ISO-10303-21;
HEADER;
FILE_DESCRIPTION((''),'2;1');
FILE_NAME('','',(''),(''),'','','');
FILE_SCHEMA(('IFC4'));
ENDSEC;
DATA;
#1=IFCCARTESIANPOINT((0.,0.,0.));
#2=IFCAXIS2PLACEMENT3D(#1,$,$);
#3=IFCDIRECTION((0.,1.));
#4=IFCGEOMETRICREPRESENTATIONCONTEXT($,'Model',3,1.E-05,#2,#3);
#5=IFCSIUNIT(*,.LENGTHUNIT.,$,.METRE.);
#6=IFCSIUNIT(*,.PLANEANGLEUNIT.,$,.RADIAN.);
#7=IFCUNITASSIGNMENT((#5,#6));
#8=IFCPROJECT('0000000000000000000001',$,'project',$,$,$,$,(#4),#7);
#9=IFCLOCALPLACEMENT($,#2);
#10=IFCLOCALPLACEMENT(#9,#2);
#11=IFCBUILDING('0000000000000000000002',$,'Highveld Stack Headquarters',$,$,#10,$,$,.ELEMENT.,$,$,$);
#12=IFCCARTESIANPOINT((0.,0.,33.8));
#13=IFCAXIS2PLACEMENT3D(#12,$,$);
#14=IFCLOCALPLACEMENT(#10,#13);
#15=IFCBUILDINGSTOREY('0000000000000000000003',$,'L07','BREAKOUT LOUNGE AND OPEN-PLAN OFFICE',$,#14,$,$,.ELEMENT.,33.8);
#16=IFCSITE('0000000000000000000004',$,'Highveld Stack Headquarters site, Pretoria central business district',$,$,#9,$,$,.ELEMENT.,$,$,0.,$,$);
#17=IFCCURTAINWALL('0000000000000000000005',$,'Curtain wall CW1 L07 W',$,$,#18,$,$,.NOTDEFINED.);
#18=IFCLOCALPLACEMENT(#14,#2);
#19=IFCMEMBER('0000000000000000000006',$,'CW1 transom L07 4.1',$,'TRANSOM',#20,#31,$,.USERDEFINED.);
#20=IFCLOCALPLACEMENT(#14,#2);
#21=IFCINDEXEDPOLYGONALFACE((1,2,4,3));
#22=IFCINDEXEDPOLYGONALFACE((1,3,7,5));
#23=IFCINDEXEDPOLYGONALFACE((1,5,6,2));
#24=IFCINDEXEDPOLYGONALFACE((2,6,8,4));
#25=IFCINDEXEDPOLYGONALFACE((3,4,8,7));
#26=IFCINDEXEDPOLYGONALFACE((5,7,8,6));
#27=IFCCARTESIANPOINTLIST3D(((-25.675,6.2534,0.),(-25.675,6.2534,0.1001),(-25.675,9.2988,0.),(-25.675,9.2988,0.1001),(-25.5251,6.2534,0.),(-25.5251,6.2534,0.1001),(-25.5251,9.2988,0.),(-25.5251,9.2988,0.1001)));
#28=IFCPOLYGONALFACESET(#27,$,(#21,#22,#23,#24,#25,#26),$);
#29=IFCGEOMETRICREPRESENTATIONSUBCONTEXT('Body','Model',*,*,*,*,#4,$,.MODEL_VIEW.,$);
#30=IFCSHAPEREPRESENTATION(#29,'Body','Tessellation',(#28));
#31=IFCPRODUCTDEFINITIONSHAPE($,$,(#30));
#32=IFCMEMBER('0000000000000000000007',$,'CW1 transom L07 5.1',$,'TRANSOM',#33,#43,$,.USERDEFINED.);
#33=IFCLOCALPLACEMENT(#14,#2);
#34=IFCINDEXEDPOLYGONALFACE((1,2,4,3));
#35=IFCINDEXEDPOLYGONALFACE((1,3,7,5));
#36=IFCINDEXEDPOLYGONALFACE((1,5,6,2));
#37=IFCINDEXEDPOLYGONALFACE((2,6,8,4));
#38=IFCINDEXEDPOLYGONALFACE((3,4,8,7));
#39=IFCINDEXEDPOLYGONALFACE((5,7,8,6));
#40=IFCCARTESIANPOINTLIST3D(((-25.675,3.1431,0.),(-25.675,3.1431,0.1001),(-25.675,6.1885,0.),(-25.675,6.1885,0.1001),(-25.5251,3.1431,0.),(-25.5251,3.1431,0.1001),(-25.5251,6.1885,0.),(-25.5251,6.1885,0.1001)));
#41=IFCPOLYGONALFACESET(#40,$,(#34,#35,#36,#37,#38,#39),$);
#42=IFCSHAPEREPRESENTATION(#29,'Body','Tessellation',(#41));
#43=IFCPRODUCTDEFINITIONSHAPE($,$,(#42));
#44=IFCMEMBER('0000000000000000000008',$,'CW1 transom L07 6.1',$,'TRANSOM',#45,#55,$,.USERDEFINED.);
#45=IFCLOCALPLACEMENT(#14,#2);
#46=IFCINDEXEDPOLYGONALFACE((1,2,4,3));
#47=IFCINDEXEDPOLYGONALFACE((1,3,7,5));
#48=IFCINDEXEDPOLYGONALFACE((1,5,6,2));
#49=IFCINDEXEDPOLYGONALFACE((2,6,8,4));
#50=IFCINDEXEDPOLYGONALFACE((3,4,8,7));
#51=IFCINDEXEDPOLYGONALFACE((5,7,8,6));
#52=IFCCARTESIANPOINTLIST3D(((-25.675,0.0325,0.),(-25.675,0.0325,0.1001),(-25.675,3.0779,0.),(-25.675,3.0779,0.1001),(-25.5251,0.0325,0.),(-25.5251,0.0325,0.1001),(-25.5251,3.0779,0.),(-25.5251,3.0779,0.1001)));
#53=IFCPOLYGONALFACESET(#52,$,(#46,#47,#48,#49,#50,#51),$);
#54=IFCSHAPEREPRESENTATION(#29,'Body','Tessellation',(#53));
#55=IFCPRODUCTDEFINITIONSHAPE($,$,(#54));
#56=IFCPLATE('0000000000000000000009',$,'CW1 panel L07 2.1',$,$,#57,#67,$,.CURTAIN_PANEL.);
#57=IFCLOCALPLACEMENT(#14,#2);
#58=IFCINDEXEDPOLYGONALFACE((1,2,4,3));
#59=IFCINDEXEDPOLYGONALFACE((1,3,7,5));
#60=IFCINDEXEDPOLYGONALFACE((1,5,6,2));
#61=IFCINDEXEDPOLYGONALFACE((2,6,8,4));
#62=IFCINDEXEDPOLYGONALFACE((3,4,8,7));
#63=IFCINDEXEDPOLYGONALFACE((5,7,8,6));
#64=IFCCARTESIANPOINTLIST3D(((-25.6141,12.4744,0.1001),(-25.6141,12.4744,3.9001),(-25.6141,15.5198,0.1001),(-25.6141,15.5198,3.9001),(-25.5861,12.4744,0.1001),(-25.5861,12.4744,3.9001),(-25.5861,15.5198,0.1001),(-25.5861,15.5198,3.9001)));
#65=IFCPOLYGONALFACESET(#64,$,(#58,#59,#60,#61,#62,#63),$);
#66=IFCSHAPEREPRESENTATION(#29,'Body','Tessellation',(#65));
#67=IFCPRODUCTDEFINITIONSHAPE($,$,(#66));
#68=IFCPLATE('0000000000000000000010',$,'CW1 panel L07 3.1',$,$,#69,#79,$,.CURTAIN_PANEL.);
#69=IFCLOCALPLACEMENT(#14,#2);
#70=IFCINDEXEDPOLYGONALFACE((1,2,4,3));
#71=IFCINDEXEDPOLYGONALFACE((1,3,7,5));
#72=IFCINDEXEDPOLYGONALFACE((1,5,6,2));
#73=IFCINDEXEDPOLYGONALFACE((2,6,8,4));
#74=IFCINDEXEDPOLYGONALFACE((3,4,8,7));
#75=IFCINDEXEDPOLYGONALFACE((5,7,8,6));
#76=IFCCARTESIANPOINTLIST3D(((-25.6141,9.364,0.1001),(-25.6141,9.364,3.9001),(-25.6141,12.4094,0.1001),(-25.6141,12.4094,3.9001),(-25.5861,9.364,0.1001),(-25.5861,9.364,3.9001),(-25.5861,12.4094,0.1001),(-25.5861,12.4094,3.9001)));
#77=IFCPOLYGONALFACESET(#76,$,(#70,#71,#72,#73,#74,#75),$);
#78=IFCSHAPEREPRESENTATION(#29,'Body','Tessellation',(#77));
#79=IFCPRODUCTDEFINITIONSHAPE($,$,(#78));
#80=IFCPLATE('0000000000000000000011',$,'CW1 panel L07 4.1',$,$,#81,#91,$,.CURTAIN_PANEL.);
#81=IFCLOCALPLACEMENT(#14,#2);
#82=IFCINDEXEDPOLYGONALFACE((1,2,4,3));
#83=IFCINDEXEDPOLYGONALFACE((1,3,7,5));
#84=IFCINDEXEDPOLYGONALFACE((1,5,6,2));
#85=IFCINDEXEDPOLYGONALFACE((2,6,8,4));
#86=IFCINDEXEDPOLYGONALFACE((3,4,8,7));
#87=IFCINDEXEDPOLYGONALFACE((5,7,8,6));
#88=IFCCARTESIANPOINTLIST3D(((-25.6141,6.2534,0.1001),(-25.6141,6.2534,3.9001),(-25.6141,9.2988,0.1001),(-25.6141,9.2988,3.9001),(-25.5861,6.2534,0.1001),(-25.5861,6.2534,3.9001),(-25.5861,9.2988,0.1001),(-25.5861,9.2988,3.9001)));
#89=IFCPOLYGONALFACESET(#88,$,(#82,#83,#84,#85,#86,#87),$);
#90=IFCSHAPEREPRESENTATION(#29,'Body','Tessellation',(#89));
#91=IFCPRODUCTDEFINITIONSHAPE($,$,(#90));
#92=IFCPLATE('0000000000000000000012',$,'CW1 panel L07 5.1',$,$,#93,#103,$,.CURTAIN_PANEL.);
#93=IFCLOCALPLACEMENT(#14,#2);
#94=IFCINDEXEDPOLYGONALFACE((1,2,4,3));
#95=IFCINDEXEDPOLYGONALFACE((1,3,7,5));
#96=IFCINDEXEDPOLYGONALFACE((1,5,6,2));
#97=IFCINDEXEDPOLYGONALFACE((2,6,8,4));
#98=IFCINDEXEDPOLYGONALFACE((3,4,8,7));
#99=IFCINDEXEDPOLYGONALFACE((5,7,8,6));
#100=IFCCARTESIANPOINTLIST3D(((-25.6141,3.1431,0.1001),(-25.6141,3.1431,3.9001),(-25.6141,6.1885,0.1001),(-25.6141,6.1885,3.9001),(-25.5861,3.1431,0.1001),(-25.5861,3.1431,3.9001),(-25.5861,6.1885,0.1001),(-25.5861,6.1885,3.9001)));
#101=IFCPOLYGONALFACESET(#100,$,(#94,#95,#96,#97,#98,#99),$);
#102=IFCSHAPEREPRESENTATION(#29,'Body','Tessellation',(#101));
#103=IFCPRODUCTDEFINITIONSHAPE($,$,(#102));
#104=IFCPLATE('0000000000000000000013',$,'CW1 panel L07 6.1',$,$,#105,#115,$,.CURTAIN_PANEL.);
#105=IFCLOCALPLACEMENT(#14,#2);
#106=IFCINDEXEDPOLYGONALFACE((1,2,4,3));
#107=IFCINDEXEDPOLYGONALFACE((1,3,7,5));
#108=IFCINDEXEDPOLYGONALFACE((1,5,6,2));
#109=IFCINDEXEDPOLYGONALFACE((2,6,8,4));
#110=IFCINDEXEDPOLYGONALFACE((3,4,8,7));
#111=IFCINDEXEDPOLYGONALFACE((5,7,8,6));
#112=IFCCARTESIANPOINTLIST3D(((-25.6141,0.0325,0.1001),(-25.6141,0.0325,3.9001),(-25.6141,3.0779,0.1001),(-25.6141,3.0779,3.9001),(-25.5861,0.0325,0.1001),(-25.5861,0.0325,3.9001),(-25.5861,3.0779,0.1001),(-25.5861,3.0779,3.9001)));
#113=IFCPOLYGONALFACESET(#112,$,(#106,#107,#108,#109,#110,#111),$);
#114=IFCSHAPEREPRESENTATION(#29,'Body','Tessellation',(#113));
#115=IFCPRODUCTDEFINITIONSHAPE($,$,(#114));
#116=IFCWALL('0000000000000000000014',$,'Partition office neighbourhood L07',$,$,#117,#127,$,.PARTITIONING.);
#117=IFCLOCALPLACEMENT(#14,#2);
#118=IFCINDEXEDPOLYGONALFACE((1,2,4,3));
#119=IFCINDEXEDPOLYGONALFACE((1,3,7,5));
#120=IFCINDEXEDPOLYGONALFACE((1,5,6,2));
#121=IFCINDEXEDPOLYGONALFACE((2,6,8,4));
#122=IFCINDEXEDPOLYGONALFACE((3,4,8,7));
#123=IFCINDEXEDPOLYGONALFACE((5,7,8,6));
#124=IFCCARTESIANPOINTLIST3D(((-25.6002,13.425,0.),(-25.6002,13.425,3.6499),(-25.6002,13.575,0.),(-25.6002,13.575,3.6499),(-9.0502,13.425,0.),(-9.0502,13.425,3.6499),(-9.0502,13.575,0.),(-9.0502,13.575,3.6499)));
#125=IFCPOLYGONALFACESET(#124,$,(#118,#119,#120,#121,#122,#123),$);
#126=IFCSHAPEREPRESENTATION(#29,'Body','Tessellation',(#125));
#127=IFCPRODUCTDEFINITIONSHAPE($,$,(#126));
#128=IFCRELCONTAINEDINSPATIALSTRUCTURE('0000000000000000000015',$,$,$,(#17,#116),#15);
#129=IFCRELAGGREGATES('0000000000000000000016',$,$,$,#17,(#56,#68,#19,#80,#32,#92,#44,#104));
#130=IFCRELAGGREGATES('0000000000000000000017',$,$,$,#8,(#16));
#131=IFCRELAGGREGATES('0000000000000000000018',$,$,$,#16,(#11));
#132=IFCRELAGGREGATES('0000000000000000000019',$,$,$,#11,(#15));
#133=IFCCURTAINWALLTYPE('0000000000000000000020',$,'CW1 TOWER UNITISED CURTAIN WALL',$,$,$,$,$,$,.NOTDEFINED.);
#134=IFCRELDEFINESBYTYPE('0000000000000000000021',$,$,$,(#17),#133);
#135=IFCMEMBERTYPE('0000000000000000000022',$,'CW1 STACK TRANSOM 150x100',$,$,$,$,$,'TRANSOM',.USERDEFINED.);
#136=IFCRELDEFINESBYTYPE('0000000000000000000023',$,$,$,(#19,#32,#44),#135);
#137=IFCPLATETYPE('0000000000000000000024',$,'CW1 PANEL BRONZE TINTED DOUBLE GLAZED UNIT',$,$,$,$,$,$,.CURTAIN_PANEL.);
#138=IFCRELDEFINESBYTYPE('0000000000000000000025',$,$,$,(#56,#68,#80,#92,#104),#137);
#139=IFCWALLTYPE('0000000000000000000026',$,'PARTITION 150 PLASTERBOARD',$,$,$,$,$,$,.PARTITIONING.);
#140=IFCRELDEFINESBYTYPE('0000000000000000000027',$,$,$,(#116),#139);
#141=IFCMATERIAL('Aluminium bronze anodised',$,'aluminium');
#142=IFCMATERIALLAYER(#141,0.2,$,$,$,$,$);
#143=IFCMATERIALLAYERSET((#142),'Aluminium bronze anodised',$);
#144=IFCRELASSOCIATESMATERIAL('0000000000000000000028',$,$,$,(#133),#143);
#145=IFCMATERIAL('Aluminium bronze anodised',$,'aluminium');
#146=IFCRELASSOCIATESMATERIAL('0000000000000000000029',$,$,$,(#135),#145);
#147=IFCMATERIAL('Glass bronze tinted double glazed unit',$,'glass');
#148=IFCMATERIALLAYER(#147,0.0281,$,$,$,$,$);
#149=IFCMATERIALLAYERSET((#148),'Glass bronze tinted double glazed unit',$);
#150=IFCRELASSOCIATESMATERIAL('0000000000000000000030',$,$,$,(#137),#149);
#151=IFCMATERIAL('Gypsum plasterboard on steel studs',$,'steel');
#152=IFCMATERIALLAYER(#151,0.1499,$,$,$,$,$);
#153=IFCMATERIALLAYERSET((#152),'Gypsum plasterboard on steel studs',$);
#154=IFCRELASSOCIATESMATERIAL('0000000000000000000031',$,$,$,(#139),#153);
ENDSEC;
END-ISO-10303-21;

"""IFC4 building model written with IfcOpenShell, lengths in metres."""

from ifc_helpers import new_model, si_unit, direction, frame, frame_2d, origin, origin_2d, place, context, subcontext, project, spatial, rectangle, extrude, material, layer, layer_set, material_profile, profile_set, type_object, element, aggregate, save


model = new_model("IFC4")

# Units and contexts
model_context = context("Model", 3, precision=1e-05, world=origin(), true_north=direction((0.0, 1.0)))
body_context = subcontext(model_context, "Body", "Model", "MODEL_VIEW")
ifc_project = project(units=[si_unit("LENGTHUNIT", "METRE"), si_unit("PLANEANGLEUNIT", "RADIAN")], contexts=[model_context])

# Site, building, storey
site_placement = place(None, origin())
site = spatial("IfcSite", under=ifc_project, at=site_placement, Name="Highveld Stack Headquarters site, Pretoria central business district", CompositionType="ELEMENT", RefElevation=0.0)
building_placement = place(site_placement, origin())
building = spatial("IfcBuilding", under=site, at=building_placement, Name="Highveld Stack Headquarters", CompositionType="ELEMENT")
storey_placement = place(building_placement, frame((0.0, 0.0, 33.8)))
storey = spatial("IfcBuildingStorey", under=building, at=storey_placement, Name="L07", Description="BREAKOUT LOUNGE AND OPEN-PLAN OFFICE", CompositionType="ELEMENT", Elevation=33.8)

# Curtain wall, members, plates
ifc_material_1 = material(Name="Aluminium bronze anodised", Category="aluminium")
ifc_layer_1 = layer(ifc_material_1, 0.2)
ifc_layer_set_1 = layer_set([ifc_layer_1], Name="Aluminium bronze anodised")
curtain_wall_type = type_object("IfcCurtainWallType", Name="CW1 TOWER UNITISED CURTAIN WALL", PredefinedType="NOTDEFINED", material=ifc_layer_set_1)
curtain_wall_placement = place(storey_placement, origin())
curtain_wall = element("IfcCurtainWall", 1, at=curtain_wall_placement, inside=storey, type_object=curtain_wall_type, Name="Curtain wall CW1 L07 W", PredefinedType="NOTDEFINED")
ifc_material_2 = material(Name="Aluminium bronze anodised", Category="aluminium")
ifc_material_profile_1 = material_profile(ifc_material_2, rectangle(XDim=0.1499, YDim=0.1001, at=origin_2d()), Name="CW1 TRANSOM 150x100")
ifc_profile_set_1 = profile_set([ifc_material_profile_1], Name="Aluminium bronze anodised")
member_type_1 = type_object("IfcMemberType", Name="CW1 STACK TRANSOM 150x100", ElementType="TRANSOM", PredefinedType="USERDEFINED", material=ifc_profile_set_1)
member_1_placement = place(storey_placement, frame((-25.6001, 9.2988, 0.05), z_axis=(0.0, -1.0, 0.0), x_axis=(1.0, 0.0, 0.0)))
member_1 = element("IfcMember", 2, at=member_1_placement, type_object=member_type_1, Name="CW1 transom L07 4.1", ObjectType="TRANSOM", PredefinedType="USERDEFINED", context=body_context, shape_type="SweptSolid", body=[
    extrude(rectangle(XDim=0.1499, YDim=0.1001, at=origin_2d()), origin(), (0.0, 0.0, 1.0), 3.0454),
])
member_2_placement = place(storey_placement, frame((-25.6001, 6.1885, 0.05), z_axis=(0.0, -1.0, 0.0), x_axis=(1.0, 0.0, 0.0)))
member_2 = element("IfcMember", 3, at=member_2_placement, type_object=member_type_1, Name="CW1 transom L07 5.1", ObjectType="TRANSOM", PredefinedType="USERDEFINED", context=body_context, shape_type="SweptSolid", body=[
    extrude(rectangle(XDim=0.1499, YDim=0.1001, at=origin_2d()), origin(), (0.0, 0.0, 1.0), 3.0454),
])
member_3_placement = place(storey_placement, frame((-25.6001, 3.0779, 0.05), z_axis=(0.0, -1.0, 0.0), x_axis=(1.0, 0.0, 0.0)))
member_3 = element("IfcMember", 4, at=member_3_placement, type_object=member_type_1, Name="CW1 transom L07 6.1", ObjectType="TRANSOM", PredefinedType="USERDEFINED", context=body_context, shape_type="SweptSolid", body=[
    extrude(rectangle(XDim=0.1499, YDim=0.1001, at=origin_2d()), origin(), (0.0, 0.0, 1.0), 3.0454),
])
ifc_material_3 = material(Name="Glass bronze tinted double glazed unit", Category="glass")
ifc_layer_2 = layer(ifc_material_3, 0.0281)
ifc_layer_set_2 = layer_set([ifc_layer_2], Name="Glass bronze tinted double glazed unit")
plate_type = type_object("IfcPlateType", Name="CW1 PANEL BRONZE TINTED DOUBLE GLAZED UNIT", PredefinedType="CURTAIN_PANEL", material=ifc_layer_set_2)
plate_1_placement = place(storey_placement, frame((-25.6001, 13.9971, 0.1001), z_axis=(0.0, 0.0, 1.0), x_axis=(0.0, -1.0, 0.0)))
plate_1 = element("IfcPlate", 5, at=plate_1_placement, type_object=plate_type, Name="CW1 panel L07 2.1", PredefinedType="CURTAIN_PANEL", context=body_context, shape_type="SweptSolid", body=[
    extrude(rectangle(XDim=3.0454, YDim=0.0281, at=origin_2d()), origin(), (0.0, 0.0, 1.0), 3.8),
])
plate_2_placement = place(storey_placement, frame((-25.6001, 10.8867, 0.1001), z_axis=(0.0, 0.0, 1.0), x_axis=(0.0, -1.0, 0.0)))
plate_2 = element("IfcPlate", 6, at=plate_2_placement, type_object=plate_type, Name="CW1 panel L07 3.1", PredefinedType="CURTAIN_PANEL", context=body_context, shape_type="SweptSolid", body=[
    extrude(rectangle(XDim=3.0454, YDim=0.0281, at=origin_2d()), origin(), (0.0, 0.0, 1.0), 3.8),
])
plate_3_placement = place(storey_placement, frame((-25.6001, 7.7761, 0.1001), z_axis=(0.0, 0.0, 1.0), x_axis=(0.0, -1.0, 0.0)))
plate_3 = element("IfcPlate", 7, at=plate_3_placement, type_object=plate_type, Name="CW1 panel L07 4.1", PredefinedType="CURTAIN_PANEL", context=body_context, shape_type="SweptSolid", body=[
    extrude(rectangle(XDim=3.0454, YDim=0.0281, at=origin_2d()), origin(), (0.0, 0.0, 1.0), 3.8),
])
plate_4_placement = place(storey_placement, frame((-25.6001, 4.6658, 0.1001), z_axis=(0.0, 0.0, 1.0), x_axis=(0.0, -1.0, 0.0)))
plate_4 = element("IfcPlate", 8, at=plate_4_placement, type_object=plate_type, Name="CW1 panel L07 5.1", PredefinedType="CURTAIN_PANEL", context=body_context, shape_type="SweptSolid", body=[
    extrude(rectangle(XDim=3.0454, YDim=0.0281, at=origin_2d()), origin(), (0.0, 0.0, 1.0), 3.8),
])
plate_5_placement = place(storey_placement, frame((-25.6001, 1.5552, 0.1001), z_axis=(0.0, 0.0, 1.0), x_axis=(0.0, -1.0, 0.0)))
plate_5 = element("IfcPlate", 9, at=plate_5_placement, type_object=plate_type, Name="CW1 panel L07 6.1", PredefinedType="CURTAIN_PANEL", context=body_context, shape_type="SweptSolid", body=[
    extrude(rectangle(XDim=3.0454, YDim=0.0281, at=origin_2d()), origin(), (0.0, 0.0, 1.0), 3.8),
])
aggregate(curtain_wall, [plate_1, plate_2, member_1, plate_3, member_2, plate_4, member_3, plate_5])

# Wall
ifc_material_4 = material(Name="Gypsum plasterboard on steel studs", Category="steel")
ifc_layer_3 = layer(ifc_material_4, 0.1499)
ifc_layer_set_3 = layer_set([ifc_layer_3], Name="Gypsum plasterboard on steel studs")
wall_type = type_object("IfcWallType", Name="PARTITION 150 PLASTERBOARD", PredefinedType="PARTITIONING", material=ifc_layer_set_3)
wall_placement = place(storey_placement, frame((-25.6001, 13.5, 0.0), z_axis=(0.0, 0.0, 1.0), x_axis=(1.0, 0.0, 0.0)))
element("IfcWall", 10, at=wall_placement, inside=storey, type_object=wall_type, Name="Partition office neighbourhood L07", PredefinedType="PARTITIONING", context=body_context, shape_type="SweptSolid", body=[
    extrude(rectangle(XDim=16.55, YDim=0.1499, at=frame_2d((8.2749, 0.0))), origin(), (0.0, 0.0, 1.0), 3.6499),
])

save(model, "model.ifc")
